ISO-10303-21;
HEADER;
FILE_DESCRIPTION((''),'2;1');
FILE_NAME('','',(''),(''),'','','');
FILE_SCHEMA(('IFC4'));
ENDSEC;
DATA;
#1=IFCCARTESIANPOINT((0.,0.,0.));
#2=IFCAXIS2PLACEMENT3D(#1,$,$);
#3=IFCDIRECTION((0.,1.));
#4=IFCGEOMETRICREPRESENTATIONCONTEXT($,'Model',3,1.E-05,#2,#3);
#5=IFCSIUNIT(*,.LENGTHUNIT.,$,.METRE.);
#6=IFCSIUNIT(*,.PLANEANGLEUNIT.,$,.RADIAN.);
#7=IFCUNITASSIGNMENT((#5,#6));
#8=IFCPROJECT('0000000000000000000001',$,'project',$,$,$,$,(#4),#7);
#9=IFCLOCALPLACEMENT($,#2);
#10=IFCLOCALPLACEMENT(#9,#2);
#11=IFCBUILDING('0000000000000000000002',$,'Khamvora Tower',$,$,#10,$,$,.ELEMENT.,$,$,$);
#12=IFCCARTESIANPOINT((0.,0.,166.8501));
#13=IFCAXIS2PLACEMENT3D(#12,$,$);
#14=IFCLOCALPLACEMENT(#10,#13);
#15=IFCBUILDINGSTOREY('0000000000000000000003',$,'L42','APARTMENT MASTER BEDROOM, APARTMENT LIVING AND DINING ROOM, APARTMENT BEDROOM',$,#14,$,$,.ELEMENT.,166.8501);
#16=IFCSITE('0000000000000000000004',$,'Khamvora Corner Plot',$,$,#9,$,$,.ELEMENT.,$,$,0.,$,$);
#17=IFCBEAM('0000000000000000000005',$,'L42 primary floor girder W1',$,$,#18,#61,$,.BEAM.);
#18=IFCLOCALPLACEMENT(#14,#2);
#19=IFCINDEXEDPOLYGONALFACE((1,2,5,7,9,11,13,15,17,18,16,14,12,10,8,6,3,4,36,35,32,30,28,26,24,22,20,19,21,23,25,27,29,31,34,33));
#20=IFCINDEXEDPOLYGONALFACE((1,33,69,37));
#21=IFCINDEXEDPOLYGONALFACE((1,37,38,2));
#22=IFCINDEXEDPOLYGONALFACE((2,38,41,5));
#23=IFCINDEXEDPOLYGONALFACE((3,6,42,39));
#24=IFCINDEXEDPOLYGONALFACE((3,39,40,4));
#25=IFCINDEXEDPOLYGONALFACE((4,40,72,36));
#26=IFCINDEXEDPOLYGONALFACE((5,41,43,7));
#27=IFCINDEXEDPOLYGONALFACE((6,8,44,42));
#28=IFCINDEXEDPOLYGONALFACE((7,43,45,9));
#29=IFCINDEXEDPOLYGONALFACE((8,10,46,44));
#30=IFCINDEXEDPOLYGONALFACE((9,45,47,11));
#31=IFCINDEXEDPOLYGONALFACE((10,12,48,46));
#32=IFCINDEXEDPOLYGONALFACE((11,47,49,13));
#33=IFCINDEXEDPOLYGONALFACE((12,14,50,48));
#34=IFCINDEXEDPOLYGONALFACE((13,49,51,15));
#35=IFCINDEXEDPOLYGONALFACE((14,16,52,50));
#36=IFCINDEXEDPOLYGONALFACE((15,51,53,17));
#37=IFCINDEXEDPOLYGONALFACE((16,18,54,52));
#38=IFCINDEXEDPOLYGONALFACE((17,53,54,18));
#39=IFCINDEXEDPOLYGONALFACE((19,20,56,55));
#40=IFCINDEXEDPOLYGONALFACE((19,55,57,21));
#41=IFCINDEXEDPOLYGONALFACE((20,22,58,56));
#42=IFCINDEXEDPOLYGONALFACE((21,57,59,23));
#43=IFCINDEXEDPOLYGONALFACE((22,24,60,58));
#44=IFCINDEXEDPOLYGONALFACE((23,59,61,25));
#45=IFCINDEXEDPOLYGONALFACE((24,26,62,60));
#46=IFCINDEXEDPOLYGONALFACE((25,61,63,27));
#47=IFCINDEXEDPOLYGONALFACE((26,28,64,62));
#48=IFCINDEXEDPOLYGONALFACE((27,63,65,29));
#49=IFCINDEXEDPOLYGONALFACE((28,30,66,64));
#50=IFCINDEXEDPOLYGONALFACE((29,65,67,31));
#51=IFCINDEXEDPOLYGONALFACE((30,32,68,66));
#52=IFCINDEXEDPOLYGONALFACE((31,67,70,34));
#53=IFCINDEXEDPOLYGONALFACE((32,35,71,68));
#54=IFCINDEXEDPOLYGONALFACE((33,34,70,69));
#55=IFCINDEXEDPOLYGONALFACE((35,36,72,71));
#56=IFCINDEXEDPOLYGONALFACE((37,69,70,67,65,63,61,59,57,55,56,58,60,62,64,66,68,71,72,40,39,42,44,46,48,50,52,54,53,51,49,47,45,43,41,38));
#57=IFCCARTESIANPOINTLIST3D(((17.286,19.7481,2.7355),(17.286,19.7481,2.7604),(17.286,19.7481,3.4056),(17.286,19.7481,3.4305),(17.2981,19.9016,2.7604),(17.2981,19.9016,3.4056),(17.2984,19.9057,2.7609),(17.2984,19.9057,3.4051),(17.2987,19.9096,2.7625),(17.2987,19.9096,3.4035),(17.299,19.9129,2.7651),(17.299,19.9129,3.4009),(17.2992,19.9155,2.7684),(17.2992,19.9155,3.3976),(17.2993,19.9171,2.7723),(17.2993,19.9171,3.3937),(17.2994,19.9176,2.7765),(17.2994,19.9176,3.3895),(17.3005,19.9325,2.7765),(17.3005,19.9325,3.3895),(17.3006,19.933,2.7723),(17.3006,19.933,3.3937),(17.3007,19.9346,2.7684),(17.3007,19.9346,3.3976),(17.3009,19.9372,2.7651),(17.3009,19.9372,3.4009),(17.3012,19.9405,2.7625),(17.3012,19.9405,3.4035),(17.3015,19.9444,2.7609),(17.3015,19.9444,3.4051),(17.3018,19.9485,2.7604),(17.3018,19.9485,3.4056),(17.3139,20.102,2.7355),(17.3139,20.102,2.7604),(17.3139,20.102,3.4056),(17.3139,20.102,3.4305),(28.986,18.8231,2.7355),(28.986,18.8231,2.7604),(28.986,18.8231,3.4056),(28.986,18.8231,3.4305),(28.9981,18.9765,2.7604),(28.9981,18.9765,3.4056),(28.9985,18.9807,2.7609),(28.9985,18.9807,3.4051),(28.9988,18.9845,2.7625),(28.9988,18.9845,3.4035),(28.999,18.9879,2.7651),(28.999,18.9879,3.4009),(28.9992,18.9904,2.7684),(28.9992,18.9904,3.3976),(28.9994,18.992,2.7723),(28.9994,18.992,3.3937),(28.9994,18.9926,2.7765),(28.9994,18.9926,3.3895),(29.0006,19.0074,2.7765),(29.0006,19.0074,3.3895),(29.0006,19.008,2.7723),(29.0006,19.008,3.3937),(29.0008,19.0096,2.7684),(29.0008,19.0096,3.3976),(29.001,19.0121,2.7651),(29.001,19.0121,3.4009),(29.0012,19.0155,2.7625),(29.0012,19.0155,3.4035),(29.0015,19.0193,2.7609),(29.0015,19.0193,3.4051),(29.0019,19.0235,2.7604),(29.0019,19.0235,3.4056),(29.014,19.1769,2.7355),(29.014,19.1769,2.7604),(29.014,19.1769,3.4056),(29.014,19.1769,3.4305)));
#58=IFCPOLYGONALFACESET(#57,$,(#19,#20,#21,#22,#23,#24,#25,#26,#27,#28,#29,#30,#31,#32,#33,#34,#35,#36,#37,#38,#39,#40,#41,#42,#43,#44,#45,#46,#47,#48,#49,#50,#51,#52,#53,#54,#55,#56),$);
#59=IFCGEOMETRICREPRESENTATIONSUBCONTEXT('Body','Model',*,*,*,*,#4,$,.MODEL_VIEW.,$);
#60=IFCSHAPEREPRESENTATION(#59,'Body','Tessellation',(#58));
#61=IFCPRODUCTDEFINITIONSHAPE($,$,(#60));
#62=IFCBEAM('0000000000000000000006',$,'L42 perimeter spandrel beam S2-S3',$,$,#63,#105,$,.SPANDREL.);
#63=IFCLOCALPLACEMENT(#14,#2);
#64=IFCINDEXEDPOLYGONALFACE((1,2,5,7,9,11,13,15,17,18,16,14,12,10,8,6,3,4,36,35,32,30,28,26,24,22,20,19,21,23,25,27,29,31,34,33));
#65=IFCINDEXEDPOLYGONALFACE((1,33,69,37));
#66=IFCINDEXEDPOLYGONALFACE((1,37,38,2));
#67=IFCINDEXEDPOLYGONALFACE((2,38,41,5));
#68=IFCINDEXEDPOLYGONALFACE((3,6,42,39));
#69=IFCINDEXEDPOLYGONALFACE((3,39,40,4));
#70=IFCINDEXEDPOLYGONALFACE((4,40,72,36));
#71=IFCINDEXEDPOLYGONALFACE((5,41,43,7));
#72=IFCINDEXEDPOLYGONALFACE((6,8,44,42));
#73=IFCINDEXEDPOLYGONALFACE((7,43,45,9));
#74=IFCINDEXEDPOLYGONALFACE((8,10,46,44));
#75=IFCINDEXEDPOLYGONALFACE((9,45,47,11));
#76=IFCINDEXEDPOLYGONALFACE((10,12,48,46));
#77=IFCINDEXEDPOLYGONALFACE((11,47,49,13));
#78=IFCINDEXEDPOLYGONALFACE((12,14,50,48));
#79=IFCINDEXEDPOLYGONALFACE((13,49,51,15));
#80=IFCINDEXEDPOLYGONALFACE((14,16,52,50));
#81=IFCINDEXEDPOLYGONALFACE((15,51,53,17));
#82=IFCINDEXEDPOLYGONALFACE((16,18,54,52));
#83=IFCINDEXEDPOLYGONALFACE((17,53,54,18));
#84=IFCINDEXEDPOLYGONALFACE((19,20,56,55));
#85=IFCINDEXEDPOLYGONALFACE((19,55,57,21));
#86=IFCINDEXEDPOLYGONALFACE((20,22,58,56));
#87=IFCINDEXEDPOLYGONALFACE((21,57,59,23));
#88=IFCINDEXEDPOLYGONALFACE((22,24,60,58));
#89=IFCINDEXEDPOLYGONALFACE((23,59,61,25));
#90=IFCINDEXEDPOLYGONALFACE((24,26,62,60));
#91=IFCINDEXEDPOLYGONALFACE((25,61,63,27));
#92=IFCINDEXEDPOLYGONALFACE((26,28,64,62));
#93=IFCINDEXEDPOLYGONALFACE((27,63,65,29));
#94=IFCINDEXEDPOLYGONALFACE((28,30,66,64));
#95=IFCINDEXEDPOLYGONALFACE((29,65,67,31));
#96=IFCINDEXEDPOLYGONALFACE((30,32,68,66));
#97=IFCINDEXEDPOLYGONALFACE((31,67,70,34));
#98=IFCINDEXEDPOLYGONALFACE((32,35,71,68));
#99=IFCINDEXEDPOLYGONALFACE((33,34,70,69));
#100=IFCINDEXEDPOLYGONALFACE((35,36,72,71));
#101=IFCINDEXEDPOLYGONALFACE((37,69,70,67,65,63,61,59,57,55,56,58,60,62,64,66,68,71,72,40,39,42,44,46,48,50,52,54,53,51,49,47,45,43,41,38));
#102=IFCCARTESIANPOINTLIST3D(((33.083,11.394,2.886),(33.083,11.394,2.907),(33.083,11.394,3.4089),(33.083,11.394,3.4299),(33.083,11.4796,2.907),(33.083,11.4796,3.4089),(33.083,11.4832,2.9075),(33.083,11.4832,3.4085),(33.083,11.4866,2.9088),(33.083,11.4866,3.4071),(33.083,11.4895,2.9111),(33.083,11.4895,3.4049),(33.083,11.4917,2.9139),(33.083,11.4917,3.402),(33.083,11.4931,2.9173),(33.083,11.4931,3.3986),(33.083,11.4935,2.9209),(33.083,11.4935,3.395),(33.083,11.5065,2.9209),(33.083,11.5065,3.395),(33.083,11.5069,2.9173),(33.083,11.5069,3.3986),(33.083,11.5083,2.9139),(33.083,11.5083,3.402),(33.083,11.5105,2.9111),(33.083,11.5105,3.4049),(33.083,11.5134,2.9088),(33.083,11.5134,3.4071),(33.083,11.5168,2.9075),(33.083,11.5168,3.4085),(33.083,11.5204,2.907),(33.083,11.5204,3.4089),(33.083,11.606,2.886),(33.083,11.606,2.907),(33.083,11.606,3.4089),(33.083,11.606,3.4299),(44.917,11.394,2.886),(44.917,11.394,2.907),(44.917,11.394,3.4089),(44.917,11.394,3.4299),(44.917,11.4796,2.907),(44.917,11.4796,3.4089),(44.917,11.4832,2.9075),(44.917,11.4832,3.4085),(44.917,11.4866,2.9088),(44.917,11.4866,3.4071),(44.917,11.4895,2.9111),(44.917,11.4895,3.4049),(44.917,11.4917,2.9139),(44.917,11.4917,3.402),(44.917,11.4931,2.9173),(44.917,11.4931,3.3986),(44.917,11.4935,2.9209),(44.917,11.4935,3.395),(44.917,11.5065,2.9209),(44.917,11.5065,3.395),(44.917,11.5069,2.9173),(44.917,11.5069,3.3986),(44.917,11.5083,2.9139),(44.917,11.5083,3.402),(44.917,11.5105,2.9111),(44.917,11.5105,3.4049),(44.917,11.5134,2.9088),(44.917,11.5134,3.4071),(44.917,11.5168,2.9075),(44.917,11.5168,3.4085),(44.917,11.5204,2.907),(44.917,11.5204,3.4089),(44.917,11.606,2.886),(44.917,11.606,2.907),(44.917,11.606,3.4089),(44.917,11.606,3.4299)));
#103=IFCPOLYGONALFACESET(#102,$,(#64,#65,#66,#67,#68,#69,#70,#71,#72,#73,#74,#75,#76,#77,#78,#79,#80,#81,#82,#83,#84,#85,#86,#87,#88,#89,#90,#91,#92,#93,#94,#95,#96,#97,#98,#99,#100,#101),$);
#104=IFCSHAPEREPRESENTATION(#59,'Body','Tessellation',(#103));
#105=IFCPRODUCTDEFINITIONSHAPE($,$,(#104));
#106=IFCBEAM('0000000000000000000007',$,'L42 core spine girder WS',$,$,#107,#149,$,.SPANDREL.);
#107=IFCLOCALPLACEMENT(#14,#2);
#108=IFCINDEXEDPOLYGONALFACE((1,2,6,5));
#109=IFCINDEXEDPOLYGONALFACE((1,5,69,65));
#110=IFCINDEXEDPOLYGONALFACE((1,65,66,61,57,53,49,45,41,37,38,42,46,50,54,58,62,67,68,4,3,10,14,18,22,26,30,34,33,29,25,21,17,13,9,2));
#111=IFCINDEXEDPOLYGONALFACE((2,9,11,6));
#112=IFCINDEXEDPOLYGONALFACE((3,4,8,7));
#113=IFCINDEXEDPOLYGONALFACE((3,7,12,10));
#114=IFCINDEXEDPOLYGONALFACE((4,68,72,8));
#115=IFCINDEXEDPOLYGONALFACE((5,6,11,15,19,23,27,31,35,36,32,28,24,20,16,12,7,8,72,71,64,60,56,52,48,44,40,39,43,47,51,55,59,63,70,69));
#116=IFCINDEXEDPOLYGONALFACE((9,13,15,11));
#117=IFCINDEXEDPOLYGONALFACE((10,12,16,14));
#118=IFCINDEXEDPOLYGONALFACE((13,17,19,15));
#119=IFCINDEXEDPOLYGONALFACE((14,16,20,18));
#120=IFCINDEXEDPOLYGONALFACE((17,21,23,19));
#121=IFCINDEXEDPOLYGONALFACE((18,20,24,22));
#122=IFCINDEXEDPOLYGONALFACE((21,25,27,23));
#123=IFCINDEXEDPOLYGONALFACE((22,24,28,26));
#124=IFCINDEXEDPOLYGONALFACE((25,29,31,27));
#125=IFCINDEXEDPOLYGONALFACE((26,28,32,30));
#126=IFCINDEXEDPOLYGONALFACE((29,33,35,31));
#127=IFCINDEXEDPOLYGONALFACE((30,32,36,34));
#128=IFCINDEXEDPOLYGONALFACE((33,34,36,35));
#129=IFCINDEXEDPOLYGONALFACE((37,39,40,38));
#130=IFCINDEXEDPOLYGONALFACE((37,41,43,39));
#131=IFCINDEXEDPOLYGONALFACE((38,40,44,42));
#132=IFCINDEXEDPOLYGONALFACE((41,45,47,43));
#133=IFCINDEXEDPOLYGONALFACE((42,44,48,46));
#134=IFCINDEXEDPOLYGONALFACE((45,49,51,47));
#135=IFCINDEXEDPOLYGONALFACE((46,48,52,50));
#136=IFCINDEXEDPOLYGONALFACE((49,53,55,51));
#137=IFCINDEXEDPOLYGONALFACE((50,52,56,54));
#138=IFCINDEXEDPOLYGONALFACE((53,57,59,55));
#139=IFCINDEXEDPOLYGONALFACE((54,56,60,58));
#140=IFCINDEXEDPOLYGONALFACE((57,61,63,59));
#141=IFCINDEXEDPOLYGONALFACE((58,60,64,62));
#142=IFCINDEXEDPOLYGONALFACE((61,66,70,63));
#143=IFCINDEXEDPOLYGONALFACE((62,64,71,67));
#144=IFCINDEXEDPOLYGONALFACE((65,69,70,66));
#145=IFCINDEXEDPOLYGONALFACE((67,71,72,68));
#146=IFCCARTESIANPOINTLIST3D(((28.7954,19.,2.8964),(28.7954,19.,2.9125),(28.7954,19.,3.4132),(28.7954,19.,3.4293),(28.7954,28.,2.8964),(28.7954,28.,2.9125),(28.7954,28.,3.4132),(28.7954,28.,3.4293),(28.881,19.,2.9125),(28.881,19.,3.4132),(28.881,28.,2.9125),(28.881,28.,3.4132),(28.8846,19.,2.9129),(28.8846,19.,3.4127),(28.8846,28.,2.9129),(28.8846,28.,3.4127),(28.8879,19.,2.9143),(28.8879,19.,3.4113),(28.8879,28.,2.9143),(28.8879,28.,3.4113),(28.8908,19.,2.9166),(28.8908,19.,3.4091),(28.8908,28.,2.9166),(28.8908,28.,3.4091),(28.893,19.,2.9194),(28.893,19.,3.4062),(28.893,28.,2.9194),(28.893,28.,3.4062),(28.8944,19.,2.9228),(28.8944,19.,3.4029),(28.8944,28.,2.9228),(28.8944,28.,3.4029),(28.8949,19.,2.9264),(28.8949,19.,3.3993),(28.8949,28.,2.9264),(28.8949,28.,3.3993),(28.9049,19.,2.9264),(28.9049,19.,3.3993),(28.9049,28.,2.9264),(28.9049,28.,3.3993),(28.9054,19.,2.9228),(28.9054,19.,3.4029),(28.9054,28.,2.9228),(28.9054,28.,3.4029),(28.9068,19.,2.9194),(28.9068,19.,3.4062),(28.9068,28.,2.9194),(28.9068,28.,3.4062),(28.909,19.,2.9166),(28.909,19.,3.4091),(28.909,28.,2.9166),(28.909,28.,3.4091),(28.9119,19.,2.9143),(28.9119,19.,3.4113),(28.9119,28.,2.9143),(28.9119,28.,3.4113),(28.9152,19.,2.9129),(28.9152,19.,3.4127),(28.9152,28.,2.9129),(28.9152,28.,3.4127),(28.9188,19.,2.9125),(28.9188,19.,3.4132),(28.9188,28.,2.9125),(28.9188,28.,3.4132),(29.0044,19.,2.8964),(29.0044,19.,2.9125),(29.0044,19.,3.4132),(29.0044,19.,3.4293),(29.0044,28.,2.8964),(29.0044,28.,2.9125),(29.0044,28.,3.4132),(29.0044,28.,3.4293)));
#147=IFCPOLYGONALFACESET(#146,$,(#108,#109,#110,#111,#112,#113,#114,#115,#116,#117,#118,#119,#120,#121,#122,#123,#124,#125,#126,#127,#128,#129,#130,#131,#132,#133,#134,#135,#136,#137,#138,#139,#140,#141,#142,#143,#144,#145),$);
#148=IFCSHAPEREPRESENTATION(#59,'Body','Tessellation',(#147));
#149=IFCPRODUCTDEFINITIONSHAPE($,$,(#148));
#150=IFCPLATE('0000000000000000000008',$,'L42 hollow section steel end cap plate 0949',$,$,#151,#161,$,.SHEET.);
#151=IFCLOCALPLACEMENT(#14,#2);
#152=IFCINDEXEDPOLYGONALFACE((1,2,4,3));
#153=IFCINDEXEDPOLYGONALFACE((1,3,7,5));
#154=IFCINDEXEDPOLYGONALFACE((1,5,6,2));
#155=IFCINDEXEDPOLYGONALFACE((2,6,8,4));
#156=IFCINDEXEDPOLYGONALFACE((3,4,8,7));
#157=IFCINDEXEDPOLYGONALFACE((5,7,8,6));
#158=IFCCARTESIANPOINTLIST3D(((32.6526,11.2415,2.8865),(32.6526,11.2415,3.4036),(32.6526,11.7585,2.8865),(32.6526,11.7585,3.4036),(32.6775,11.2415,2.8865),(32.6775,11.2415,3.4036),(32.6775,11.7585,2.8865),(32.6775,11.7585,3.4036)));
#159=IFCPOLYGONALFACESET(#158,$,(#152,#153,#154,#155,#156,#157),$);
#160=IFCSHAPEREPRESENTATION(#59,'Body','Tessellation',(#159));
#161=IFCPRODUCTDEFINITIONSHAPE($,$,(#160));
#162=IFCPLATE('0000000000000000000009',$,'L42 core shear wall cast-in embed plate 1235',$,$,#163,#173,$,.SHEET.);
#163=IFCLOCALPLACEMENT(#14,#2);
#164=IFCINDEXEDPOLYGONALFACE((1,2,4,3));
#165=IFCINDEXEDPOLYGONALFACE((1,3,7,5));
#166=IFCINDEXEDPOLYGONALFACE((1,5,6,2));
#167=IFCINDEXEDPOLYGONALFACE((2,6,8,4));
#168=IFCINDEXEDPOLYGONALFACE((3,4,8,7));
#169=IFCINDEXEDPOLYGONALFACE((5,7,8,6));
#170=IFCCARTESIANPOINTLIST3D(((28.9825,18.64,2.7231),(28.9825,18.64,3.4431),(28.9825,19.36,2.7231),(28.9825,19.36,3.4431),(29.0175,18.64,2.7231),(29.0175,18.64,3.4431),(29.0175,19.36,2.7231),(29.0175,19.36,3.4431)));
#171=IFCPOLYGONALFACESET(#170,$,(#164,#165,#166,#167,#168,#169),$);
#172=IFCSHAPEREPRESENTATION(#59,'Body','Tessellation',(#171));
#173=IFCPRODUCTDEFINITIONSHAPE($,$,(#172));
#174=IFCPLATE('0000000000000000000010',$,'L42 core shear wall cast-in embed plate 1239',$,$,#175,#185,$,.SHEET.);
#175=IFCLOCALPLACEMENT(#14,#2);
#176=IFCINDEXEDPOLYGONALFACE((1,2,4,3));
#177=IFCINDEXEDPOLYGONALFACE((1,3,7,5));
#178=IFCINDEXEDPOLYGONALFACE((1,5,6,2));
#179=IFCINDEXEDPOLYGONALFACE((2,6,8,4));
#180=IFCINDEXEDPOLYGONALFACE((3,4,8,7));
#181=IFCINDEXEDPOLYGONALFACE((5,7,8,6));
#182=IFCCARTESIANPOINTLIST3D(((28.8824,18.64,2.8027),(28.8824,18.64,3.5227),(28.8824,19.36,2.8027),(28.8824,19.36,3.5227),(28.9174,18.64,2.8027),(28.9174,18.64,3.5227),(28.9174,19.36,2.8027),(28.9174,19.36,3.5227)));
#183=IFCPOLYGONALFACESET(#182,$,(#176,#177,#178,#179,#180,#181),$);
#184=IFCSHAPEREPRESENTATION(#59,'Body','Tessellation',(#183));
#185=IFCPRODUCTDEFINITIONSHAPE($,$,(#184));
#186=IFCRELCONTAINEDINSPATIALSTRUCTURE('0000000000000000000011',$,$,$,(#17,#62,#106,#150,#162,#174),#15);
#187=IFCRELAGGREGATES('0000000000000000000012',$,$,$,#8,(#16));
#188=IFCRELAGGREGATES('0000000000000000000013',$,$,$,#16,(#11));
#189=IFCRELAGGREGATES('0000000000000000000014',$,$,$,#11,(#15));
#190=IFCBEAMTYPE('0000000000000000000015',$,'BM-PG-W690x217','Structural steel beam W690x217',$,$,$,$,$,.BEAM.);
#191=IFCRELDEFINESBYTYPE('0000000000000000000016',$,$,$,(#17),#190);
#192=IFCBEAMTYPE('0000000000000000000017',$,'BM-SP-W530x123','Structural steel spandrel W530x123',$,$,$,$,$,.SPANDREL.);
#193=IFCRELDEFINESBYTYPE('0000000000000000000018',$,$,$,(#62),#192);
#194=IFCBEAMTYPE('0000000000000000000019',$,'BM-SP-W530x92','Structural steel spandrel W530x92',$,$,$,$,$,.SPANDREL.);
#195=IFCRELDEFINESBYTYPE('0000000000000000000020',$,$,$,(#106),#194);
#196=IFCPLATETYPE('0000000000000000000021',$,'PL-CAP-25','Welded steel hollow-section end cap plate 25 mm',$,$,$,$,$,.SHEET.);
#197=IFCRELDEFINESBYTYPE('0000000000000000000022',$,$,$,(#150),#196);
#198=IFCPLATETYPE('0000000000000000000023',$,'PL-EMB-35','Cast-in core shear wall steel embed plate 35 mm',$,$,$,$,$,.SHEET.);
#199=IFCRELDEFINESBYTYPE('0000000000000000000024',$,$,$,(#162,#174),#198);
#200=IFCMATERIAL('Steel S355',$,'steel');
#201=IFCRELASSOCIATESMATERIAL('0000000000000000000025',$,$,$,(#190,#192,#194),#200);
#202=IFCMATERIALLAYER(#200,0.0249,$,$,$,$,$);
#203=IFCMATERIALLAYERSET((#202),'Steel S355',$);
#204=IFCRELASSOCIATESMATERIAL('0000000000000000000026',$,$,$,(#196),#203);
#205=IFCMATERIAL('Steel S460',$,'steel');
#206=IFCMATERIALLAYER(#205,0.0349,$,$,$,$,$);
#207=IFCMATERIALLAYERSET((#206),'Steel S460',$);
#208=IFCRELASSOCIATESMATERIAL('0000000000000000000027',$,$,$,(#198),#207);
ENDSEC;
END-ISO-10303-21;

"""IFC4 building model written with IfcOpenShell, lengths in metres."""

from ifc_helpers import new_model, si_unit, direction, frame, origin, origin_2d, place, context, subcontext, project, spatial, rectangle, i_section, extrude, material, layer, layer_set, material_profile, profile_set, type_object, element, save


model = new_model("IFC4")

# Units and contexts
model_context = context("Model", 3, precision=1e-05, world=origin(), true_north=direction((0.0, 1.0)))
body_context = subcontext(model_context, "Body", "Model", "MODEL_VIEW")
ifc_project = project(units=[si_unit("LENGTHUNIT", "METRE"), si_unit("PLANEANGLEUNIT", "RADIAN")], contexts=[model_context])

# Site, building, storey
site_placement = place(None, origin())
site = spatial("IfcSite", under=ifc_project, at=site_placement, Name="Khamvora Corner Plot", CompositionType="ELEMENT", RefElevation=0.0)
building_placement = place(site_placement, origin())
building = spatial("IfcBuilding", under=site, at=building_placement, Name="Khamvora Tower", CompositionType="ELEMENT")
storey_placement = place(building_placement, frame((0.0, 0.0, 166.8501)))
storey = spatial("IfcBuildingStorey", under=building, at=storey_placement, Name="L42", Description="APARTMENT MASTER BEDROOM, APARTMENT LIVING AND DINING ROOM, APARTMENT BEDROOM", CompositionType="ELEMENT", Elevation=166.8501)

# Shared definitions
ifc_material_1 = material(Name="Steel S460", Category="steel")
ifc_material_2 = material(Name="Steel S355", Category="steel")

# Beams
ifc_material_profile_1 = material_profile(ifc_material_2, i_section(OverallWidth=0.355, OverallDepth=0.6951, WebThickness=0.0149, FlangeThickness=0.0249, FilletRadius=0.0161, at=origin_2d()), Name="W690x217")
ifc_profile_set_1 = profile_set([ifc_material_profile_1], Name="Steel S355")
beam_type_1 = type_object("IfcBeamType", Name="BM-PG-W690x217", Description="Structural steel beam W690x217", PredefinedType="BEAM", material=ifc_profile_set_1)
beam_1_placement = place(storey_placement, frame((29.0, 19.0, 3.083), z_axis=(-0.996889, 0.078818, 0.0), x_axis=(-0.078818, -0.996889, 0.0)))
element("IfcBeam", 1, at=beam_1_placement, inside=storey, type_object=beam_type_1, Name="L42 primary floor girder W1", PredefinedType="BEAM", context=body_context, shape_type="SweptSolid", body=[
    extrude(i_section(OverallWidth=0.355, OverallDepth=0.6951, WebThickness=0.0149, FlangeThickness=0.0249, FilletRadius=0.0161, at=origin_2d()), origin(), (0.0, 0.0, 1.0), 11.7366),
])
ifc_material_profile_2 = material_profile(ifc_material_2, i_section(OverallWidth=0.2119, OverallDepth=0.5439, WebThickness=0.0129, FlangeThickness=0.021, FilletRadius=0.0139, at=origin_2d()), Name="W530x123")
ifc_profile_set_2 = profile_set([ifc_material_profile_2], Name="Steel S355")
beam_type_2 = type_object("IfcBeamType", Name="BM-SP-W530x123", Description="Structural steel spandrel W530x123", PredefinedType="SPANDREL", material=ifc_profile_set_2)
beam_2_placement = place(storey_placement, frame((33.083, 11.5, 3.158), z_axis=(1.0, 0.0, 0.0), x_axis=(0.0, 1.0, 0.0)))
element("IfcBeam", 2, at=beam_2_placement, inside=storey, type_object=beam_type_2, Name="L42 perimeter spandrel beam S2-S3", PredefinedType="SPANDREL", context=body_context, shape_type="SweptSolid", body=[
    extrude(i_section(OverallWidth=0.2119, OverallDepth=0.5439, WebThickness=0.0129, FlangeThickness=0.021, FilletRadius=0.0139, at=origin_2d()), origin(), (0.0, 0.0, 1.0), 11.834),
])
ifc_material_profile_3 = material_profile(ifc_material_2, i_section(OverallWidth=0.209, OverallDepth=0.533, WebThickness=0.01, FlangeThickness=0.0161, FilletRadius=0.0139, at=origin_2d()), Name="W530x92")
ifc_profile_set_3 = profile_set([ifc_material_profile_3], Name="Steel S355")
beam_type_3 = type_object("IfcBeamType", Name="BM-SP-W530x92", Description="Structural steel spandrel W530x92", PredefinedType="SPANDREL", material=ifc_profile_set_3)
beam_3_placement = place(storey_placement, frame((28.8999, 19.0, 3.1628), z_axis=(0.0, 1.0, 0.0), x_axis=(-1.0, 0.0, 0.0)))
element("IfcBeam", 3, at=beam_3_placement, inside=storey, type_object=beam_type_3, Name="L42 core spine girder WS", PredefinedType="SPANDREL", context=body_context, shape_type="SweptSolid", body=[
    extrude(i_section(OverallWidth=0.209, OverallDepth=0.533, WebThickness=0.01, FlangeThickness=0.0161, FilletRadius=0.0139, at=origin_2d()), origin(), (0.0, 0.0, 1.0), 9.0),
])

# Plates
ifc_layer_1 = layer(ifc_material_2, 0.0249)
ifc_layer_set_1 = layer_set([ifc_layer_1], Name="Steel S355")
plate_type_1 = type_object("IfcPlateType", Name="PL-CAP-25", Description="Welded steel hollow-section end cap plate 25 mm", PredefinedType="SHEET", material=ifc_layer_set_1)
plate_1_placement = place(storey_placement, frame((32.665, 11.5, 2.8865), z_axis=(0.0, 0.0, 1.0), x_axis=(1.0, 0.0, 0.0)))
element("IfcPlate", 4, at=plate_1_placement, inside=storey, type_object=plate_type_1, Name="L42 hollow section steel end cap plate 0949", PredefinedType="SHEET", context=body_context, shape_type="SweptSolid", body=[
    extrude(rectangle(XDim=0.0249, YDim=0.5171, at=origin_2d()), origin(), (0.0, 0.0, 1.0), 0.5171),
])
ifc_layer_2 = layer(ifc_material_1, 0.0349)
ifc_layer_set_2 = layer_set([ifc_layer_2], Name="Steel S460")
plate_type_2 = type_object("IfcPlateType", Name="PL-EMB-35", Description="Cast-in core shear wall steel embed plate 35 mm", PredefinedType="SHEET", material=ifc_layer_set_2)
for number, where, z_axis, x_axis, name in (
    (5, (29.0, 19.0, 2.7231), (0.0, 0.0, 1.0), (1.0, 0.0, 0.0), "L42 core shear wall cast-in embed plate 1235"),
    (6, (28.8999, 19.0, 2.8027), (0.0, 0.0, 1.0), (1.0, 0.0, 0.0), "L42 core shear wall cast-in embed plate 1239"),
):
    element("IfcPlate", number, at=place(storey_placement, frame(where, z_axis=z_axis, x_axis=x_axis)), inside=storey, type_object=plate_type_2, Name=name, PredefinedType="SHEET", context=body_context, shape_type="SweptSolid", body=[
        extrude(rectangle(XDim=0.0349, YDim=0.72, at=origin_2d()), origin(), (0.0, 0.0, 1.0), 0.72),
    ])

save(model, "model.ifc")
